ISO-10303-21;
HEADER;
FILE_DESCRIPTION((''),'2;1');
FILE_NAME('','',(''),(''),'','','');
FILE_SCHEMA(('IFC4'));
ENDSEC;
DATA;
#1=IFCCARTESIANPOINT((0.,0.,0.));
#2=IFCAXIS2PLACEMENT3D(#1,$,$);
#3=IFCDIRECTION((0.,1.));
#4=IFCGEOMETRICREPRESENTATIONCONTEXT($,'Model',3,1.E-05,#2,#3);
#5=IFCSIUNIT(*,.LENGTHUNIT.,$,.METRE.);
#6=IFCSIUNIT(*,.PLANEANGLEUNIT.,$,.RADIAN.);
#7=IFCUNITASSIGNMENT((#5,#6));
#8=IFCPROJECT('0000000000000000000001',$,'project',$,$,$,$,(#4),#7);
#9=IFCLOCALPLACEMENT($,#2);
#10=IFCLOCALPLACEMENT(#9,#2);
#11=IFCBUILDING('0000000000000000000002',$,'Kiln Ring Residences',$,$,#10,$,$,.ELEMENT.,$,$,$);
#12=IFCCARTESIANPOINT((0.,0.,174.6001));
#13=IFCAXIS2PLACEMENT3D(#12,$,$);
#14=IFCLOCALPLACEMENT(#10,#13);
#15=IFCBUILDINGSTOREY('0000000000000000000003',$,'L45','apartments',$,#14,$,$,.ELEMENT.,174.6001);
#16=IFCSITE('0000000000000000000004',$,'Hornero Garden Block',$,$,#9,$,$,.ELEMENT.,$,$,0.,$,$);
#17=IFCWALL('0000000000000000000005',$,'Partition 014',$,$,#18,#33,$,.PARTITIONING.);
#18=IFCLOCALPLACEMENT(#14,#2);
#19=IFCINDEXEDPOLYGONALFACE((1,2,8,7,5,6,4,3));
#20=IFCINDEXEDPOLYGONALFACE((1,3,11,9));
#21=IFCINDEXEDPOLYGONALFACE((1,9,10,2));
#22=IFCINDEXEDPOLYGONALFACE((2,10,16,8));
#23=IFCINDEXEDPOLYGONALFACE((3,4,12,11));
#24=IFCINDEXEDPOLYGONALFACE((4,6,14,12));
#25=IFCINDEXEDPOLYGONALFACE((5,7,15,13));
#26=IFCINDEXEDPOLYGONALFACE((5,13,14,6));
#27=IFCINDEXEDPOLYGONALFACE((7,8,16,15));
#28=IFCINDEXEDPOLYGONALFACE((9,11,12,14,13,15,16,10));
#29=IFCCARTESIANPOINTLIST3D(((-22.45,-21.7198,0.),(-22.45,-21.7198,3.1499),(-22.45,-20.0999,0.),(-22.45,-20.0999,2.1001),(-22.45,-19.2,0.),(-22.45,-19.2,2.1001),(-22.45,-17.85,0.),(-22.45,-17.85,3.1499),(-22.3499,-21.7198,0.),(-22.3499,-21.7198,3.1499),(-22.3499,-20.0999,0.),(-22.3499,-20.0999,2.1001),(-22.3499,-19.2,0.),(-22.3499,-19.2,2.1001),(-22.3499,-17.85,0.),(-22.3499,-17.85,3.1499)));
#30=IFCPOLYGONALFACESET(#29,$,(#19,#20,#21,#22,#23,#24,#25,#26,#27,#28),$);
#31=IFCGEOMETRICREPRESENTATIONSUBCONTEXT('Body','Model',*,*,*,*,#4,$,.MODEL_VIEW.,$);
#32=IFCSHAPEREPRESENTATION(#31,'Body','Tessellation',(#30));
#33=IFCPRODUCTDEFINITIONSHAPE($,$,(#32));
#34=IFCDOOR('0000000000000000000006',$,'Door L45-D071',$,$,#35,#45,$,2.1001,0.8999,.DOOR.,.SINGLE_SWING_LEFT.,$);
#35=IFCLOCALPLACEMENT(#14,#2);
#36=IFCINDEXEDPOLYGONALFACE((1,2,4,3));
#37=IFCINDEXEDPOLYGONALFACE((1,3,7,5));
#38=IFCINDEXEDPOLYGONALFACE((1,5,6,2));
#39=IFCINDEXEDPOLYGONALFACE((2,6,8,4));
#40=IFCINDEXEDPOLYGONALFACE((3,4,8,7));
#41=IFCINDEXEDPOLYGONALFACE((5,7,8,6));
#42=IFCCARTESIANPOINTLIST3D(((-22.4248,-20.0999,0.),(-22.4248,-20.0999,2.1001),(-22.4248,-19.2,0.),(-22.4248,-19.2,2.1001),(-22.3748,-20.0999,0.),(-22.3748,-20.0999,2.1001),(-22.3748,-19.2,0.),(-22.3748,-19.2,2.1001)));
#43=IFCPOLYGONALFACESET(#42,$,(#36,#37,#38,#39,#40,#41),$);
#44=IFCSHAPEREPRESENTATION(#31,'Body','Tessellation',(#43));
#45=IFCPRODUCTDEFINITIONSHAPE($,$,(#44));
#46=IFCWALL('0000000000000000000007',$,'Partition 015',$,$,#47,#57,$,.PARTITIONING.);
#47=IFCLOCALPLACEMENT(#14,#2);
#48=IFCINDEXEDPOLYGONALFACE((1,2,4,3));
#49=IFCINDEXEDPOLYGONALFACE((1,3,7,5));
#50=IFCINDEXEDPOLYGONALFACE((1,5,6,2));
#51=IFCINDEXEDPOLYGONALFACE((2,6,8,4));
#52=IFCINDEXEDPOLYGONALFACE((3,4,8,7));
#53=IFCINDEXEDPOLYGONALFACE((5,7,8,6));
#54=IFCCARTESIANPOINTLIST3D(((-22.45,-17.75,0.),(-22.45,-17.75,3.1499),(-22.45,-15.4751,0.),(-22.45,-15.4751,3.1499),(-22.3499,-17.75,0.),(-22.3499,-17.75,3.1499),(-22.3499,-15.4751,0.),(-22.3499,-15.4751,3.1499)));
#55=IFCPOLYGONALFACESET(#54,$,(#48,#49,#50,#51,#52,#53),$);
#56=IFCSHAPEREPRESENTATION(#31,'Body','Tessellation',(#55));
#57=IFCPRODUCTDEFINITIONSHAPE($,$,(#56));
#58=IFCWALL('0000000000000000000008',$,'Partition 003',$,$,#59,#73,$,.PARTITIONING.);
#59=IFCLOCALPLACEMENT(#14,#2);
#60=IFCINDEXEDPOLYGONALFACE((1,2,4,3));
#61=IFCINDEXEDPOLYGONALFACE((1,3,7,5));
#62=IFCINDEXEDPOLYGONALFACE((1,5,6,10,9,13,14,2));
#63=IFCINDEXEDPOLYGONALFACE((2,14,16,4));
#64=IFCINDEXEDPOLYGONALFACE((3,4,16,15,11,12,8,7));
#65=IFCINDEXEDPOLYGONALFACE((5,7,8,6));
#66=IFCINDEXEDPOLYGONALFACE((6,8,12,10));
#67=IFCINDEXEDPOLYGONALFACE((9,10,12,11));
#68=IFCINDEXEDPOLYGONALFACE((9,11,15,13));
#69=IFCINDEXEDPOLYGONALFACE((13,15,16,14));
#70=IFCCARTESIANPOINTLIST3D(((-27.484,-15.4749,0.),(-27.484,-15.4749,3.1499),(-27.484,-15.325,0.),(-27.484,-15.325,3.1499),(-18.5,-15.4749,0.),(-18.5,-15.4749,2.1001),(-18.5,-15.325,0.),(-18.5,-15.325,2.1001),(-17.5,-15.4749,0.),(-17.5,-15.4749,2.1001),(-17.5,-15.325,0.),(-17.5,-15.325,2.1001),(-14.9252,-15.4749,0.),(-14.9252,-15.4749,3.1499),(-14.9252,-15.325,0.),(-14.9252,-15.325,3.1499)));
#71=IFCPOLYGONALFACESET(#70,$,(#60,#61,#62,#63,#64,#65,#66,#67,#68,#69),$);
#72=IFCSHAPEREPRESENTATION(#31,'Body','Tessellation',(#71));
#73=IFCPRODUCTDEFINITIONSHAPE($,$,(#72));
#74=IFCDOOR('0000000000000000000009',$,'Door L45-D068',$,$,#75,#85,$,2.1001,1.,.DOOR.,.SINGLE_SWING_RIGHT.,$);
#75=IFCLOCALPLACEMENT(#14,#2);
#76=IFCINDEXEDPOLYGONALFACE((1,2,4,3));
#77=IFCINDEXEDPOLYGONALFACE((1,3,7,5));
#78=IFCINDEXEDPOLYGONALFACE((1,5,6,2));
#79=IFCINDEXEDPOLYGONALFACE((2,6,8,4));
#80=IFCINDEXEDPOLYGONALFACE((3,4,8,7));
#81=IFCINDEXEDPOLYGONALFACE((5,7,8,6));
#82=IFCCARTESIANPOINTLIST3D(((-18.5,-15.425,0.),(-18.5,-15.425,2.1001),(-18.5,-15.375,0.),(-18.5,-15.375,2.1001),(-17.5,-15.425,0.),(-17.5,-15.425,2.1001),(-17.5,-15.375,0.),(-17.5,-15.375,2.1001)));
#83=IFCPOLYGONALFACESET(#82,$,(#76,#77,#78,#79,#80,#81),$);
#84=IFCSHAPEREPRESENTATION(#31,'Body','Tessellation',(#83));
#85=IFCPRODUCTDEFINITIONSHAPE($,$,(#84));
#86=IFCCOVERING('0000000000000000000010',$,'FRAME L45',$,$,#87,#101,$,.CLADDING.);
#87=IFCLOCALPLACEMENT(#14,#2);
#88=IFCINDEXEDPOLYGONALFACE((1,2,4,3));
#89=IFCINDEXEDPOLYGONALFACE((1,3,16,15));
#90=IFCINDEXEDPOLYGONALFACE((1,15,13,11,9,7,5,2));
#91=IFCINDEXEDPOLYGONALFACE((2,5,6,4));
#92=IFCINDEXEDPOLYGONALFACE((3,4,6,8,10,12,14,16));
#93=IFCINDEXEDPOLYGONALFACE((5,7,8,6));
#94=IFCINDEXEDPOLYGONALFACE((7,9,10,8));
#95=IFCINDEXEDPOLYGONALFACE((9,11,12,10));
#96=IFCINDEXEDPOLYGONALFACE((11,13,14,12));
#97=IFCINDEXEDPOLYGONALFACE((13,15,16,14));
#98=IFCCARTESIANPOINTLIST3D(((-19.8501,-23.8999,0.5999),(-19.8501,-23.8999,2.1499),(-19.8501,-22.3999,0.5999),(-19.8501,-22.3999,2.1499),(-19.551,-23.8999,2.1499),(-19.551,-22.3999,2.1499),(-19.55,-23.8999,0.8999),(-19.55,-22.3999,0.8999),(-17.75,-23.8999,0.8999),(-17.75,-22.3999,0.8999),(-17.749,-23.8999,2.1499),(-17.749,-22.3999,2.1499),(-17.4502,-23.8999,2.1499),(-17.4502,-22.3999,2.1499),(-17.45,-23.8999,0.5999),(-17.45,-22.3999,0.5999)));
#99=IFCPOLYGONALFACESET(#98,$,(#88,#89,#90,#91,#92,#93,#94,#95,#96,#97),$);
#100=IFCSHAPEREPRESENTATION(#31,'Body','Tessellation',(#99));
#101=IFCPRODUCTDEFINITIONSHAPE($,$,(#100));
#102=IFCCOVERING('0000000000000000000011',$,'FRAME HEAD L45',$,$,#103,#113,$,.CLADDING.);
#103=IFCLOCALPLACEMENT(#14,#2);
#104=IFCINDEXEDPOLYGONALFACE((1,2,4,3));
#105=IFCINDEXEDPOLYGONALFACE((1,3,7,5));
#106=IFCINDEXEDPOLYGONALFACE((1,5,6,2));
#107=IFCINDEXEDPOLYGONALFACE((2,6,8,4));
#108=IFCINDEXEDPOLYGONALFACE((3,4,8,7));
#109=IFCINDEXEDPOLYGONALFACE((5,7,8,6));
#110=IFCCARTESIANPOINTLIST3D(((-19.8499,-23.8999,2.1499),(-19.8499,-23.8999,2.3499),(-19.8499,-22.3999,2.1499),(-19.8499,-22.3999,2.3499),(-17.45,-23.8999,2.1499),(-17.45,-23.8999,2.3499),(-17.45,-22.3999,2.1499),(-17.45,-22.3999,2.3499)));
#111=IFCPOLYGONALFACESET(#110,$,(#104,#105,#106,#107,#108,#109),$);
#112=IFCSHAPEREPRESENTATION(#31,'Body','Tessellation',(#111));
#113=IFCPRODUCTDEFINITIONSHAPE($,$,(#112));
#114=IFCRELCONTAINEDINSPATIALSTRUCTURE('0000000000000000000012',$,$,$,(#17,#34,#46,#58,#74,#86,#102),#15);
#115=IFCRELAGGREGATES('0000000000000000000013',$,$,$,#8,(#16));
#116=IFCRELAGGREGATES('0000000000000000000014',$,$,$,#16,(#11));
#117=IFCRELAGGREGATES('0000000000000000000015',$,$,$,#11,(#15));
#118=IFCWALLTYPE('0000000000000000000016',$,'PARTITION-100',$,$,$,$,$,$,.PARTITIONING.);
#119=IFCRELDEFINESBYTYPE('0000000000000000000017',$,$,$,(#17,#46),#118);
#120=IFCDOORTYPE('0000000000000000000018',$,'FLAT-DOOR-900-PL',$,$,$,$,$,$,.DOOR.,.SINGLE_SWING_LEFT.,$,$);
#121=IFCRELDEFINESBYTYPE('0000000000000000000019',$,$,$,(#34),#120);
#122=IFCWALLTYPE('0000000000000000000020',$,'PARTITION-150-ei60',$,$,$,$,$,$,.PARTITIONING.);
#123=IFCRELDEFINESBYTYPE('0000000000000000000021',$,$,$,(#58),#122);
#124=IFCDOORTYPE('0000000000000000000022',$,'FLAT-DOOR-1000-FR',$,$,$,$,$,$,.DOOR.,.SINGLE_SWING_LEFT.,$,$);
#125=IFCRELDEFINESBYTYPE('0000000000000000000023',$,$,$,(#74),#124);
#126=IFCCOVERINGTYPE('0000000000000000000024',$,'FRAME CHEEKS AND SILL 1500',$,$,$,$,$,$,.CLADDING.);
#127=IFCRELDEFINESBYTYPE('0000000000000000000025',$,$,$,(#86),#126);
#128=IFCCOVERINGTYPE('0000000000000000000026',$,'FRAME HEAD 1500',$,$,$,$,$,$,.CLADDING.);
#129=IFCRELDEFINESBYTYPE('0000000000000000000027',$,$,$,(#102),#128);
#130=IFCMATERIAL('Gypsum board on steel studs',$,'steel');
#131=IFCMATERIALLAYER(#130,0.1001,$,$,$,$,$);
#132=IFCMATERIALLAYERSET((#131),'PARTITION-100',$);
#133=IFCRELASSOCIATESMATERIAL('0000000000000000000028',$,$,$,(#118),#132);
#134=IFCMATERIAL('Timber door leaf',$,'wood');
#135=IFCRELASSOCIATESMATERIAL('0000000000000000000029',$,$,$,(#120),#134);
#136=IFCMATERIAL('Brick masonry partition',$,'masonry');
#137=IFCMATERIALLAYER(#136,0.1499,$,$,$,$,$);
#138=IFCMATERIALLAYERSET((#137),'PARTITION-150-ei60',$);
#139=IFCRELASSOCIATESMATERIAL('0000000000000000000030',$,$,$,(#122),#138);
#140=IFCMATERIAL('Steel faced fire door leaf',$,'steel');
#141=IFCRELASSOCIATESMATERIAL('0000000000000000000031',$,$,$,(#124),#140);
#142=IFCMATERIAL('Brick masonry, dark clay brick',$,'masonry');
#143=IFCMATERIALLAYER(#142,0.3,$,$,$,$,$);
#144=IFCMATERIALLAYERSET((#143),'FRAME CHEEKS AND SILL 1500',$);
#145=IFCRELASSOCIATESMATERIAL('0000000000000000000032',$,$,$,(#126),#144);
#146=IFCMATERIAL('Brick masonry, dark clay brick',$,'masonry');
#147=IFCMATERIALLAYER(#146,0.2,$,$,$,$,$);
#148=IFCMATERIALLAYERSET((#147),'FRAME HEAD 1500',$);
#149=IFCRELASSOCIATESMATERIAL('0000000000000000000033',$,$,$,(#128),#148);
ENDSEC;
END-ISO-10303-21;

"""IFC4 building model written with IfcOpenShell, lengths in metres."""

from ifc_helpers import new_model, si_unit, direction, frame, frame_2d, origin, origin_2d, place, context, subcontext, project, spatial, polyline, rectangle, outline, extrude, material, layer, layer_set, type_object, element, fill, save


model = new_model("IFC4")

# Units and contexts
model_context = context("Model", 3, precision=1e-05, world=origin(), true_north=direction((0.0, 1.0)))
body_context = subcontext(model_context, "Body", "Model", "MODEL_VIEW")
ifc_project = project(units=[si_unit("LENGTHUNIT", "METRE"), si_unit("PLANEANGLEUNIT", "RADIAN")], contexts=[model_context])

# Site, building, storey
site_placement = place(None, origin())
site = spatial("IfcSite", under=ifc_project, at=site_placement, Name="Hornero Garden Block", CompositionType="ELEMENT", RefElevation=0.0)
building_placement = place(site_placement, origin())
building = spatial("IfcBuilding", under=site, at=building_placement, Name="Kiln Ring Residences", CompositionType="ELEMENT")
storey_placement = place(building_placement, frame((0.0, 0.0, 174.6001)))
storey = spatial("IfcBuildingStorey", under=building, at=storey_placement, Name="L45", Description="apartments", CompositionType="ELEMENT", Elevation=174.6001)

# Shared definitions
ifc_material_1 = material(Name="Gypsum board on steel studs", Category="steel")
ifc_layer_1 = layer(ifc_material_1, 0.1001)
ifc_layer_set_1 = layer_set([ifc_layer_1], Name="PARTITION-100")
wall_type_1 = type_object("IfcWallType", Name="PARTITION-100", PredefinedType="PARTITIONING", material=ifc_layer_set_1)
ifc_material_2 = material(Name="Timber door leaf", Category="wood")
door_type_1 = type_object("IfcDoorType", Name="FLAT-DOOR-900-PL", OperationType="SINGLE_SWING_LEFT", PredefinedType="DOOR", material=ifc_material_2)

# Wall, opening, door
wall_1_placement = place(storey_placement, frame((-22.3999, -21.72, 0.0), z_axis=(0.0, 0.0, 1.0), x_axis=(0.0, 1.0, 0.0)))
wall_1 = element("IfcWall", 1, at=wall_1_placement, inside=storey, type_object=wall_type_1, Name="Partition 014", PredefinedType="PARTITIONING", context=body_context, shape_type="SweptSolid", body=[
    extrude(rectangle(XDim=3.8699, YDim=0.1001, at=frame_2d((1.9351, 0.0))), origin(), (0.0, 0.0, 1.0), 3.1499),
])
opening_1_placement = place(wall_1_placement, frame((1.6201, 0.0, 0.0)))
opening_1 = element("IfcOpeningElement", 2, at=opening_1_placement, cuts=wall_1, PredefinedType="OPENING", context=body_context, shape_type="SweptSolid", body=[
    extrude(rectangle(XDim=0.8999, YDim=2.1001, at=frame_2d((0.45, 1.05))), frame((0.0, 0.0601, 0.0), z_axis=(0.0, -1.0, 0.0), x_axis=(1.0, 0.0, 0.0)), (0.0, 0.0, 1.0), 0.1201),
])
door_1_placement = place(opening_1_placement, origin())
door_1 = element("IfcDoor", 3, at=door_1_placement, inside=storey, type_object=door_type_1, Name="Door L45-D071", OperationType="SINGLE_SWING_LEFT", OverallHeight=2.1001, OverallWidth=0.8999, PredefinedType="DOOR", context=body_context, shape_type="SweptSolid", body=[
    extrude(rectangle(XDim=0.8999, YDim=2.1001, at=frame_2d((0.45, 1.05))), frame((0.0, 0.0249, 0.0), z_axis=(0.0, -1.0, 0.0), x_axis=(1.0, 0.0, 0.0)), (0.0, 0.0, 1.0), 0.05),
])
fill(opening_1, door_1)

# Wall
wall_2_placement = place(storey_placement, frame((-22.3999, -17.75, 0.0), z_axis=(0.0, 0.0, 1.0), x_axis=(0.0, 1.0, 0.0)))
element("IfcWall", 4, at=wall_2_placement, inside=storey, type_object=wall_type_1, Name="Partition 015", PredefinedType="PARTITIONING", context=body_context, shape_type="SweptSolid", body=[
    extrude(rectangle(XDim=2.2749, YDim=0.1001, at=frame_2d((1.1375, 0.0))), origin(), (0.0, 0.0, 1.0), 3.1499),
])

# Wall, opening, door
ifc_material_3 = material(Name="Brick masonry partition", Category="masonry")
ifc_layer_2 = layer(ifc_material_3, 0.1499)
ifc_layer_set_2 = layer_set([ifc_layer_2], Name="PARTITION-150-ei60")
wall_type_2 = type_object("IfcWallType", Name="PARTITION-150-ei60", PredefinedType="PARTITIONING", material=ifc_layer_set_2)
wall_3_placement = place(storey_placement, frame((-27.4839, -15.3999, 0.0), z_axis=(0.0, 0.0, 1.0), x_axis=(1.0, 0.0, 0.0)))
wall_3 = element("IfcWall", 5, at=wall_3_placement, inside=storey, type_object=wall_type_2, Name="Partition 003", PredefinedType="PARTITIONING", context=body_context, shape_type="SweptSolid", body=[
    extrude(rectangle(XDim=12.5588, YDim=0.1499, at=frame_2d((6.2793, 0.0))), origin(), (0.0, 0.0, 1.0), 3.1499),
])
opening_2_placement = place(wall_3_placement, frame((8.9839, 0.0, 0.0)))
opening_2 = element("IfcOpeningElement", 6, at=opening_2_placement, cuts=wall_3, PredefinedType="OPENING", context=body_context, shape_type="SweptSolid", body=[
    extrude(rectangle(XDim=1.0, YDim=2.1001, at=frame_2d((0.5, 1.05))), frame((0.0, 0.085, 0.0), z_axis=(0.0, -1.0, 0.0), x_axis=(1.0, 0.0, 0.0)), (0.0, 0.0, 1.0), 0.1699),
])
ifc_material_4 = material(Name="Steel faced fire door leaf", Category="steel")
door_type_2 = type_object("IfcDoorType", Name="FLAT-DOOR-1000-FR", OperationType="SINGLE_SWING_LEFT", PredefinedType="DOOR", material=ifc_material_4)
door_2_placement = place(opening_2_placement, origin())
door_2 = element("IfcDoor", 7, at=door_2_placement, inside=storey, type_object=door_type_2, Name="Door L45-D068", OperationType="SINGLE_SWING_RIGHT", OverallHeight=2.1001, OverallWidth=1.0, PredefinedType="DOOR", context=body_context, shape_type="SweptSolid", body=[
    extrude(rectangle(XDim=1.0, YDim=2.1001, at=frame_2d((0.5, 1.05))), frame((0.0, 0.0249, 0.0), z_axis=(0.0, -1.0, 0.0), x_axis=(1.0, 0.0, 0.0)), (0.0, 0.0, 1.0), 0.05),
])
fill(opening_2, door_2)

# Coverings
ifc_material_5 = material(Name="Brick masonry, dark clay brick", Category="masonry")
ifc_layer_3 = layer(ifc_material_5, 0.3)
ifc_layer_set_3 = layer_set([ifc_layer_3], Name="FRAME CHEEKS AND SILL 1500")
covering_type_1 = type_object("IfcCoveringType", Name="FRAME CHEEKS AND SILL 1500", PredefinedType="CLADDING", material=ifc_layer_set_3)
covering_1_placement = place(storey_placement, frame((-19.8501, -23.1499, 0.5999), z_axis=(0.0, 0.0, 1.0), x_axis=(1.0, 0.0, 0.0)))
element("IfcCovering", 8, at=covering_1_placement, inside=storey, type_object=covering_type_1, Name="FRAME L45", PredefinedType="CLADDING", context=body_context, shape_type="SweptSolid", body=[
    extrude(outline(polyline([(0.0, 0.0), (2.4001, 0.0), (2.3999, 1.55), (2.1011, 1.55), (2.1001, 0.3), (0.3, 0.3), (0.2991, 1.55), (0.0, 1.55), (0.0, 0.0)])), frame((0.0, 0.75, 0.0), z_axis=(0.0, -1.0, 0.0), x_axis=(1.0, 0.0, 0.0)), (0.0, 0.0, 1.0), 1.5),
])
ifc_material_6 = material(Name="Brick masonry, dark clay brick", Category="masonry")
ifc_layer_4 = layer(ifc_material_6, 0.2)
ifc_layer_set_4 = layer_set([ifc_layer_4], Name="FRAME HEAD 1500")
covering_type_2 = type_object("IfcCoveringType", Name="FRAME HEAD 1500", PredefinedType="CLADDING", material=ifc_layer_set_4)
covering_2_placement = place(storey_placement, frame((-18.6499, -23.1499, 2.1499), z_axis=(0.0, 0.0, 1.0), x_axis=(1.0, 0.0, 0.0)))
element("IfcCovering", 9, at=covering_2_placement, inside=storey, type_object=covering_type_2, Name="FRAME HEAD L45", PredefinedType="CLADDING", context=body_context, shape_type="SweptSolid", body=[
    extrude(rectangle(XDim=2.3999, YDim=1.5, at=origin_2d()), origin(), (0.0, 0.0, 1.0), 0.2),
])

save(model, "model.ifc")
